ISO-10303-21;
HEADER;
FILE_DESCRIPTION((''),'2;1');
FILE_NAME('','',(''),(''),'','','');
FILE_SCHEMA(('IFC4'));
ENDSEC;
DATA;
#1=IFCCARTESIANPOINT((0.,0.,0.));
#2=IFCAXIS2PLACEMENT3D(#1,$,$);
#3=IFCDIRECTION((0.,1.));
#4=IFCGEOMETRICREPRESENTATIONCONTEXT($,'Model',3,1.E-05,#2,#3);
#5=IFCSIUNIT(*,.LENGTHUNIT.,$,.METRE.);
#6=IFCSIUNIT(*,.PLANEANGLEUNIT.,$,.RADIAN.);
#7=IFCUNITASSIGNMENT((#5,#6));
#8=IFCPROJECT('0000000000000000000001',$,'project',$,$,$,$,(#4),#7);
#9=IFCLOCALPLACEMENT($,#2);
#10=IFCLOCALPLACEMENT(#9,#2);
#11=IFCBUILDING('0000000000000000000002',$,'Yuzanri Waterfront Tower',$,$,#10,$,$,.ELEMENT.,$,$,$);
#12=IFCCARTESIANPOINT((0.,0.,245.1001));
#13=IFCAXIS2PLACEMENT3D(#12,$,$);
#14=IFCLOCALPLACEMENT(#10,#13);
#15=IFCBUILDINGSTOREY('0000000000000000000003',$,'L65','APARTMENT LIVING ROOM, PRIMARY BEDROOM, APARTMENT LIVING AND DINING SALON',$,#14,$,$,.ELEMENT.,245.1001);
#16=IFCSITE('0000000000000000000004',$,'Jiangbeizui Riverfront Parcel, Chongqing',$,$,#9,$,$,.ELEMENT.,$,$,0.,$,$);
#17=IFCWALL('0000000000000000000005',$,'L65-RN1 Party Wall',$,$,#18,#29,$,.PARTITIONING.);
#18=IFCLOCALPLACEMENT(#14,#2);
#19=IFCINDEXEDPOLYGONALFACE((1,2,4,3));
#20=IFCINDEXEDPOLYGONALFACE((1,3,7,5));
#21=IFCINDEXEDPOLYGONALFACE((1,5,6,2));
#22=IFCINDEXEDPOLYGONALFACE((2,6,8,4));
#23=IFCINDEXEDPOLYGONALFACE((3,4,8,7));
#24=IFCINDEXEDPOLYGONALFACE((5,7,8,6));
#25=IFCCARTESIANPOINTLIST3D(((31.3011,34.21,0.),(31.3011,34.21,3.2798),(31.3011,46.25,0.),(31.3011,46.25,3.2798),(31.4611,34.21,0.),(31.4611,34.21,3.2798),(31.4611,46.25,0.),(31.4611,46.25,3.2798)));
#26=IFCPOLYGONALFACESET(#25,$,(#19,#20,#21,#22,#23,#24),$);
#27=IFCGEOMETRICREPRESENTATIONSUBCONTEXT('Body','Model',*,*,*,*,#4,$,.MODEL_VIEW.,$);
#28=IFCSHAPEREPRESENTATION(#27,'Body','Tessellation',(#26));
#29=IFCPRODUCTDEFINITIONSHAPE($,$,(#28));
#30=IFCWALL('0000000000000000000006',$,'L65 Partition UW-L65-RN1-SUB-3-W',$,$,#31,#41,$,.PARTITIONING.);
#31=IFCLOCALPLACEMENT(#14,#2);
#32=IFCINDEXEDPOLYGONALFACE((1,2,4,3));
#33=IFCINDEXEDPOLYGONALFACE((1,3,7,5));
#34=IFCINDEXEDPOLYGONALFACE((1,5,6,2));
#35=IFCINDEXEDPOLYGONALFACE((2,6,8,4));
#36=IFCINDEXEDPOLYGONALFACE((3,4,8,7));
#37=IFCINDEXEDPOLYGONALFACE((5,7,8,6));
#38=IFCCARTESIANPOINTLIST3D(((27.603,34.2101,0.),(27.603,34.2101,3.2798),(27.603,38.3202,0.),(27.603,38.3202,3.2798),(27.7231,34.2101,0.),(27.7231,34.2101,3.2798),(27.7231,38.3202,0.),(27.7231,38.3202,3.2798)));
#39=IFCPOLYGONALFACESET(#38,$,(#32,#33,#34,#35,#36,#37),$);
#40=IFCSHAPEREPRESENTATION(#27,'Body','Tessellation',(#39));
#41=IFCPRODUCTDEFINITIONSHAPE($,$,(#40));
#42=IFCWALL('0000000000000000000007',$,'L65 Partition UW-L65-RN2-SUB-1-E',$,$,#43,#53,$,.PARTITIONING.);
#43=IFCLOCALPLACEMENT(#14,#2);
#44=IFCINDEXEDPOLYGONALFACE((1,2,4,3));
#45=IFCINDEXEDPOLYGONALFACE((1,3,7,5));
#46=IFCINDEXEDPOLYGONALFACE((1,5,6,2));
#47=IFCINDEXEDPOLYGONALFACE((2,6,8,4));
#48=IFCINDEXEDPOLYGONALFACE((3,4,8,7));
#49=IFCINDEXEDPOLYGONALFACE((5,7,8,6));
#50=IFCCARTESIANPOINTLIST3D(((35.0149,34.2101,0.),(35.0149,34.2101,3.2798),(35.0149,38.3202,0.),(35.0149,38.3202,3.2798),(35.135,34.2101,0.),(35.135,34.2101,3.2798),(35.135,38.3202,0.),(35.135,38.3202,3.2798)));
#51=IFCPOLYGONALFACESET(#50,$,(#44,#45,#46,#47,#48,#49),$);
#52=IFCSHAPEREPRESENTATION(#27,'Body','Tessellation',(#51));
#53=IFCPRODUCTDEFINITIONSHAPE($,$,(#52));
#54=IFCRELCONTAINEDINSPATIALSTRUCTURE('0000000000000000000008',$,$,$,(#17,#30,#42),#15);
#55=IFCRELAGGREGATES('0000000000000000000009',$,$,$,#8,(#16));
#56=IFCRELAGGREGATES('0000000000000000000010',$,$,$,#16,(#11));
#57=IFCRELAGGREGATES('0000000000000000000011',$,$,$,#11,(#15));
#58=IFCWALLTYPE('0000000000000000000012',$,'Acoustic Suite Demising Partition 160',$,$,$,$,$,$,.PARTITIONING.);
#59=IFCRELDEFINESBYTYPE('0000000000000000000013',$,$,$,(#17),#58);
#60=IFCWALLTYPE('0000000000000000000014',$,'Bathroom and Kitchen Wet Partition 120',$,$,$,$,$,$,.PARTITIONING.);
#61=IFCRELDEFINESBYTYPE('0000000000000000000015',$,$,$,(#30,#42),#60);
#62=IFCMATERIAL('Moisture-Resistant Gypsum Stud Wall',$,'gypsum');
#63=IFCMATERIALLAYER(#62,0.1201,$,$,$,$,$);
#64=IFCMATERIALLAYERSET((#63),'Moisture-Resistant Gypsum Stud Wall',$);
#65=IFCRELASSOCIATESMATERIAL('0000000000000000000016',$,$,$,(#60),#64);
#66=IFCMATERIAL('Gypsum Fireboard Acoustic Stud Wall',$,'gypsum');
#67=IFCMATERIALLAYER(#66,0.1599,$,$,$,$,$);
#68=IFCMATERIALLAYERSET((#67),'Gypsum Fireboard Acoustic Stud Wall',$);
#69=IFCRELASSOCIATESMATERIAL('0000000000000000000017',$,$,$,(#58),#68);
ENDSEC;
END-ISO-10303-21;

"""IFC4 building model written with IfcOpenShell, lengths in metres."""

from ifc_helpers import new_model, si_unit, direction, frame, frame_2d, origin, place, context, subcontext, project, spatial, rectangle, extrude, source, transform, mapped, material, layer, layer_set, type_object, element, save


model = new_model("IFC4")

# Units and contexts
model_context = context("Model", 3, precision=1e-05, world=origin(), true_north=direction((0.0, 1.0)))
body_context = subcontext(model_context, "Body", "Model", "MODEL_VIEW")
ifc_project = project(units=[si_unit("LENGTHUNIT", "METRE"), si_unit("PLANEANGLEUNIT", "RADIAN")], contexts=[model_context])

# Site, building, storey
site_placement = place(None, origin())
site = spatial("IfcSite", under=ifc_project, at=site_placement, Name="Jiangbeizui Riverfront Parcel, Chongqing", CompositionType="ELEMENT", RefElevation=0.0)
building_placement = place(site_placement, origin())
building = spatial("IfcBuilding", under=site, at=building_placement, Name="Yuzanri Waterfront Tower", CompositionType="ELEMENT")
storey_placement = place(building_placement, frame((0.0, 0.0, 245.1001)))
storey = spatial("IfcBuildingStorey", under=building, at=storey_placement, Name="L65", Description="APARTMENT LIVING ROOM, PRIMARY BEDROOM, APARTMENT LIVING AND DINING SALON", CompositionType="ELEMENT", Elevation=245.1001)

# Shared definitions
ifc_material_1 = material(Name="Moisture-Resistant Gypsum Stud Wall", Category="gypsum")
ifc_layer_1 = layer(ifc_material_1, 0.1201)
ifc_layer_set_1 = layer_set([ifc_layer_1], Name="Moisture-Resistant Gypsum Stud Wall")
wall_type_1 = type_object("IfcWallType", Name="Bathroom and Kitchen Wet Partition 120", PredefinedType="PARTITIONING", material=ifc_layer_set_1)

# Walls
ifc_material_2 = material(Name="Gypsum Fireboard Acoustic Stud Wall", Category="gypsum")
ifc_layer_2 = layer(ifc_material_2, 0.1599)
ifc_layer_set_2 = layer_set([ifc_layer_2], Name="Gypsum Fireboard Acoustic Stud Wall")
wall_type_2 = type_object("IfcWallType", Name="Acoustic Suite Demising Partition 160", PredefinedType="PARTITIONING", material=ifc_layer_set_2)
shared_shape_1 = source(origin(), body_context, "Body", "SweptSolid", [
    extrude(rectangle(XDim=12.04, YDim=0.1599, at=frame_2d((6.02, 0.0))), origin(), (0.0, 0.0, 1.0), 3.2798),
])
wall_1_placement = place(storey_placement, frame((31.3811, 34.21, 0.0), z_axis=(0.0, 0.0, 1.0), x_axis=(0.0, 1.0, 0.0)))
element("IfcWall", 1, at=wall_1_placement, inside=storey, type_object=wall_type_2, Name="L65-RN1 Party Wall", PredefinedType="PARTITIONING", context=body_context, shape_type="MappedRepresentation", body=[
    mapped(shared_shape_1, transform((0.0, 0.0, 0.0), scale=1.0)),
])
shared_shape_2 = source(origin(), body_context, "Body", "SweptSolid", [
    extrude(rectangle(XDim=4.1101, YDim=0.1201, at=frame_2d((2.0552, 0.0))), origin(), (0.0, 0.0, 1.0), 3.2798),
])
for number, where, z_axis, x_axis, name in (
    (2, (27.6631, 34.21, 0.0), (0.0, 0.0, 1.0), (0.0, 1.0, 0.0), "L65 Partition UW-L65-RN1-SUB-3-W"),
    (3, (35.075, 34.21, 0.0), (0.0, 0.0, 1.0), (0.0, 1.0, 0.0), "L65 Partition UW-L65-RN2-SUB-1-E"),
):
    element("IfcWall", number, at=place(storey_placement, frame(where, z_axis=z_axis, x_axis=x_axis)), inside=storey, type_object=wall_type_1, Name=name, PredefinedType="PARTITIONING", context=body_context, shape_type="MappedRepresentation", body=[
        mapped(shared_shape_2, transform((0.0, 0.0, 0.0), scale=1.0)),
    ])

save(model, "model.ifc")
